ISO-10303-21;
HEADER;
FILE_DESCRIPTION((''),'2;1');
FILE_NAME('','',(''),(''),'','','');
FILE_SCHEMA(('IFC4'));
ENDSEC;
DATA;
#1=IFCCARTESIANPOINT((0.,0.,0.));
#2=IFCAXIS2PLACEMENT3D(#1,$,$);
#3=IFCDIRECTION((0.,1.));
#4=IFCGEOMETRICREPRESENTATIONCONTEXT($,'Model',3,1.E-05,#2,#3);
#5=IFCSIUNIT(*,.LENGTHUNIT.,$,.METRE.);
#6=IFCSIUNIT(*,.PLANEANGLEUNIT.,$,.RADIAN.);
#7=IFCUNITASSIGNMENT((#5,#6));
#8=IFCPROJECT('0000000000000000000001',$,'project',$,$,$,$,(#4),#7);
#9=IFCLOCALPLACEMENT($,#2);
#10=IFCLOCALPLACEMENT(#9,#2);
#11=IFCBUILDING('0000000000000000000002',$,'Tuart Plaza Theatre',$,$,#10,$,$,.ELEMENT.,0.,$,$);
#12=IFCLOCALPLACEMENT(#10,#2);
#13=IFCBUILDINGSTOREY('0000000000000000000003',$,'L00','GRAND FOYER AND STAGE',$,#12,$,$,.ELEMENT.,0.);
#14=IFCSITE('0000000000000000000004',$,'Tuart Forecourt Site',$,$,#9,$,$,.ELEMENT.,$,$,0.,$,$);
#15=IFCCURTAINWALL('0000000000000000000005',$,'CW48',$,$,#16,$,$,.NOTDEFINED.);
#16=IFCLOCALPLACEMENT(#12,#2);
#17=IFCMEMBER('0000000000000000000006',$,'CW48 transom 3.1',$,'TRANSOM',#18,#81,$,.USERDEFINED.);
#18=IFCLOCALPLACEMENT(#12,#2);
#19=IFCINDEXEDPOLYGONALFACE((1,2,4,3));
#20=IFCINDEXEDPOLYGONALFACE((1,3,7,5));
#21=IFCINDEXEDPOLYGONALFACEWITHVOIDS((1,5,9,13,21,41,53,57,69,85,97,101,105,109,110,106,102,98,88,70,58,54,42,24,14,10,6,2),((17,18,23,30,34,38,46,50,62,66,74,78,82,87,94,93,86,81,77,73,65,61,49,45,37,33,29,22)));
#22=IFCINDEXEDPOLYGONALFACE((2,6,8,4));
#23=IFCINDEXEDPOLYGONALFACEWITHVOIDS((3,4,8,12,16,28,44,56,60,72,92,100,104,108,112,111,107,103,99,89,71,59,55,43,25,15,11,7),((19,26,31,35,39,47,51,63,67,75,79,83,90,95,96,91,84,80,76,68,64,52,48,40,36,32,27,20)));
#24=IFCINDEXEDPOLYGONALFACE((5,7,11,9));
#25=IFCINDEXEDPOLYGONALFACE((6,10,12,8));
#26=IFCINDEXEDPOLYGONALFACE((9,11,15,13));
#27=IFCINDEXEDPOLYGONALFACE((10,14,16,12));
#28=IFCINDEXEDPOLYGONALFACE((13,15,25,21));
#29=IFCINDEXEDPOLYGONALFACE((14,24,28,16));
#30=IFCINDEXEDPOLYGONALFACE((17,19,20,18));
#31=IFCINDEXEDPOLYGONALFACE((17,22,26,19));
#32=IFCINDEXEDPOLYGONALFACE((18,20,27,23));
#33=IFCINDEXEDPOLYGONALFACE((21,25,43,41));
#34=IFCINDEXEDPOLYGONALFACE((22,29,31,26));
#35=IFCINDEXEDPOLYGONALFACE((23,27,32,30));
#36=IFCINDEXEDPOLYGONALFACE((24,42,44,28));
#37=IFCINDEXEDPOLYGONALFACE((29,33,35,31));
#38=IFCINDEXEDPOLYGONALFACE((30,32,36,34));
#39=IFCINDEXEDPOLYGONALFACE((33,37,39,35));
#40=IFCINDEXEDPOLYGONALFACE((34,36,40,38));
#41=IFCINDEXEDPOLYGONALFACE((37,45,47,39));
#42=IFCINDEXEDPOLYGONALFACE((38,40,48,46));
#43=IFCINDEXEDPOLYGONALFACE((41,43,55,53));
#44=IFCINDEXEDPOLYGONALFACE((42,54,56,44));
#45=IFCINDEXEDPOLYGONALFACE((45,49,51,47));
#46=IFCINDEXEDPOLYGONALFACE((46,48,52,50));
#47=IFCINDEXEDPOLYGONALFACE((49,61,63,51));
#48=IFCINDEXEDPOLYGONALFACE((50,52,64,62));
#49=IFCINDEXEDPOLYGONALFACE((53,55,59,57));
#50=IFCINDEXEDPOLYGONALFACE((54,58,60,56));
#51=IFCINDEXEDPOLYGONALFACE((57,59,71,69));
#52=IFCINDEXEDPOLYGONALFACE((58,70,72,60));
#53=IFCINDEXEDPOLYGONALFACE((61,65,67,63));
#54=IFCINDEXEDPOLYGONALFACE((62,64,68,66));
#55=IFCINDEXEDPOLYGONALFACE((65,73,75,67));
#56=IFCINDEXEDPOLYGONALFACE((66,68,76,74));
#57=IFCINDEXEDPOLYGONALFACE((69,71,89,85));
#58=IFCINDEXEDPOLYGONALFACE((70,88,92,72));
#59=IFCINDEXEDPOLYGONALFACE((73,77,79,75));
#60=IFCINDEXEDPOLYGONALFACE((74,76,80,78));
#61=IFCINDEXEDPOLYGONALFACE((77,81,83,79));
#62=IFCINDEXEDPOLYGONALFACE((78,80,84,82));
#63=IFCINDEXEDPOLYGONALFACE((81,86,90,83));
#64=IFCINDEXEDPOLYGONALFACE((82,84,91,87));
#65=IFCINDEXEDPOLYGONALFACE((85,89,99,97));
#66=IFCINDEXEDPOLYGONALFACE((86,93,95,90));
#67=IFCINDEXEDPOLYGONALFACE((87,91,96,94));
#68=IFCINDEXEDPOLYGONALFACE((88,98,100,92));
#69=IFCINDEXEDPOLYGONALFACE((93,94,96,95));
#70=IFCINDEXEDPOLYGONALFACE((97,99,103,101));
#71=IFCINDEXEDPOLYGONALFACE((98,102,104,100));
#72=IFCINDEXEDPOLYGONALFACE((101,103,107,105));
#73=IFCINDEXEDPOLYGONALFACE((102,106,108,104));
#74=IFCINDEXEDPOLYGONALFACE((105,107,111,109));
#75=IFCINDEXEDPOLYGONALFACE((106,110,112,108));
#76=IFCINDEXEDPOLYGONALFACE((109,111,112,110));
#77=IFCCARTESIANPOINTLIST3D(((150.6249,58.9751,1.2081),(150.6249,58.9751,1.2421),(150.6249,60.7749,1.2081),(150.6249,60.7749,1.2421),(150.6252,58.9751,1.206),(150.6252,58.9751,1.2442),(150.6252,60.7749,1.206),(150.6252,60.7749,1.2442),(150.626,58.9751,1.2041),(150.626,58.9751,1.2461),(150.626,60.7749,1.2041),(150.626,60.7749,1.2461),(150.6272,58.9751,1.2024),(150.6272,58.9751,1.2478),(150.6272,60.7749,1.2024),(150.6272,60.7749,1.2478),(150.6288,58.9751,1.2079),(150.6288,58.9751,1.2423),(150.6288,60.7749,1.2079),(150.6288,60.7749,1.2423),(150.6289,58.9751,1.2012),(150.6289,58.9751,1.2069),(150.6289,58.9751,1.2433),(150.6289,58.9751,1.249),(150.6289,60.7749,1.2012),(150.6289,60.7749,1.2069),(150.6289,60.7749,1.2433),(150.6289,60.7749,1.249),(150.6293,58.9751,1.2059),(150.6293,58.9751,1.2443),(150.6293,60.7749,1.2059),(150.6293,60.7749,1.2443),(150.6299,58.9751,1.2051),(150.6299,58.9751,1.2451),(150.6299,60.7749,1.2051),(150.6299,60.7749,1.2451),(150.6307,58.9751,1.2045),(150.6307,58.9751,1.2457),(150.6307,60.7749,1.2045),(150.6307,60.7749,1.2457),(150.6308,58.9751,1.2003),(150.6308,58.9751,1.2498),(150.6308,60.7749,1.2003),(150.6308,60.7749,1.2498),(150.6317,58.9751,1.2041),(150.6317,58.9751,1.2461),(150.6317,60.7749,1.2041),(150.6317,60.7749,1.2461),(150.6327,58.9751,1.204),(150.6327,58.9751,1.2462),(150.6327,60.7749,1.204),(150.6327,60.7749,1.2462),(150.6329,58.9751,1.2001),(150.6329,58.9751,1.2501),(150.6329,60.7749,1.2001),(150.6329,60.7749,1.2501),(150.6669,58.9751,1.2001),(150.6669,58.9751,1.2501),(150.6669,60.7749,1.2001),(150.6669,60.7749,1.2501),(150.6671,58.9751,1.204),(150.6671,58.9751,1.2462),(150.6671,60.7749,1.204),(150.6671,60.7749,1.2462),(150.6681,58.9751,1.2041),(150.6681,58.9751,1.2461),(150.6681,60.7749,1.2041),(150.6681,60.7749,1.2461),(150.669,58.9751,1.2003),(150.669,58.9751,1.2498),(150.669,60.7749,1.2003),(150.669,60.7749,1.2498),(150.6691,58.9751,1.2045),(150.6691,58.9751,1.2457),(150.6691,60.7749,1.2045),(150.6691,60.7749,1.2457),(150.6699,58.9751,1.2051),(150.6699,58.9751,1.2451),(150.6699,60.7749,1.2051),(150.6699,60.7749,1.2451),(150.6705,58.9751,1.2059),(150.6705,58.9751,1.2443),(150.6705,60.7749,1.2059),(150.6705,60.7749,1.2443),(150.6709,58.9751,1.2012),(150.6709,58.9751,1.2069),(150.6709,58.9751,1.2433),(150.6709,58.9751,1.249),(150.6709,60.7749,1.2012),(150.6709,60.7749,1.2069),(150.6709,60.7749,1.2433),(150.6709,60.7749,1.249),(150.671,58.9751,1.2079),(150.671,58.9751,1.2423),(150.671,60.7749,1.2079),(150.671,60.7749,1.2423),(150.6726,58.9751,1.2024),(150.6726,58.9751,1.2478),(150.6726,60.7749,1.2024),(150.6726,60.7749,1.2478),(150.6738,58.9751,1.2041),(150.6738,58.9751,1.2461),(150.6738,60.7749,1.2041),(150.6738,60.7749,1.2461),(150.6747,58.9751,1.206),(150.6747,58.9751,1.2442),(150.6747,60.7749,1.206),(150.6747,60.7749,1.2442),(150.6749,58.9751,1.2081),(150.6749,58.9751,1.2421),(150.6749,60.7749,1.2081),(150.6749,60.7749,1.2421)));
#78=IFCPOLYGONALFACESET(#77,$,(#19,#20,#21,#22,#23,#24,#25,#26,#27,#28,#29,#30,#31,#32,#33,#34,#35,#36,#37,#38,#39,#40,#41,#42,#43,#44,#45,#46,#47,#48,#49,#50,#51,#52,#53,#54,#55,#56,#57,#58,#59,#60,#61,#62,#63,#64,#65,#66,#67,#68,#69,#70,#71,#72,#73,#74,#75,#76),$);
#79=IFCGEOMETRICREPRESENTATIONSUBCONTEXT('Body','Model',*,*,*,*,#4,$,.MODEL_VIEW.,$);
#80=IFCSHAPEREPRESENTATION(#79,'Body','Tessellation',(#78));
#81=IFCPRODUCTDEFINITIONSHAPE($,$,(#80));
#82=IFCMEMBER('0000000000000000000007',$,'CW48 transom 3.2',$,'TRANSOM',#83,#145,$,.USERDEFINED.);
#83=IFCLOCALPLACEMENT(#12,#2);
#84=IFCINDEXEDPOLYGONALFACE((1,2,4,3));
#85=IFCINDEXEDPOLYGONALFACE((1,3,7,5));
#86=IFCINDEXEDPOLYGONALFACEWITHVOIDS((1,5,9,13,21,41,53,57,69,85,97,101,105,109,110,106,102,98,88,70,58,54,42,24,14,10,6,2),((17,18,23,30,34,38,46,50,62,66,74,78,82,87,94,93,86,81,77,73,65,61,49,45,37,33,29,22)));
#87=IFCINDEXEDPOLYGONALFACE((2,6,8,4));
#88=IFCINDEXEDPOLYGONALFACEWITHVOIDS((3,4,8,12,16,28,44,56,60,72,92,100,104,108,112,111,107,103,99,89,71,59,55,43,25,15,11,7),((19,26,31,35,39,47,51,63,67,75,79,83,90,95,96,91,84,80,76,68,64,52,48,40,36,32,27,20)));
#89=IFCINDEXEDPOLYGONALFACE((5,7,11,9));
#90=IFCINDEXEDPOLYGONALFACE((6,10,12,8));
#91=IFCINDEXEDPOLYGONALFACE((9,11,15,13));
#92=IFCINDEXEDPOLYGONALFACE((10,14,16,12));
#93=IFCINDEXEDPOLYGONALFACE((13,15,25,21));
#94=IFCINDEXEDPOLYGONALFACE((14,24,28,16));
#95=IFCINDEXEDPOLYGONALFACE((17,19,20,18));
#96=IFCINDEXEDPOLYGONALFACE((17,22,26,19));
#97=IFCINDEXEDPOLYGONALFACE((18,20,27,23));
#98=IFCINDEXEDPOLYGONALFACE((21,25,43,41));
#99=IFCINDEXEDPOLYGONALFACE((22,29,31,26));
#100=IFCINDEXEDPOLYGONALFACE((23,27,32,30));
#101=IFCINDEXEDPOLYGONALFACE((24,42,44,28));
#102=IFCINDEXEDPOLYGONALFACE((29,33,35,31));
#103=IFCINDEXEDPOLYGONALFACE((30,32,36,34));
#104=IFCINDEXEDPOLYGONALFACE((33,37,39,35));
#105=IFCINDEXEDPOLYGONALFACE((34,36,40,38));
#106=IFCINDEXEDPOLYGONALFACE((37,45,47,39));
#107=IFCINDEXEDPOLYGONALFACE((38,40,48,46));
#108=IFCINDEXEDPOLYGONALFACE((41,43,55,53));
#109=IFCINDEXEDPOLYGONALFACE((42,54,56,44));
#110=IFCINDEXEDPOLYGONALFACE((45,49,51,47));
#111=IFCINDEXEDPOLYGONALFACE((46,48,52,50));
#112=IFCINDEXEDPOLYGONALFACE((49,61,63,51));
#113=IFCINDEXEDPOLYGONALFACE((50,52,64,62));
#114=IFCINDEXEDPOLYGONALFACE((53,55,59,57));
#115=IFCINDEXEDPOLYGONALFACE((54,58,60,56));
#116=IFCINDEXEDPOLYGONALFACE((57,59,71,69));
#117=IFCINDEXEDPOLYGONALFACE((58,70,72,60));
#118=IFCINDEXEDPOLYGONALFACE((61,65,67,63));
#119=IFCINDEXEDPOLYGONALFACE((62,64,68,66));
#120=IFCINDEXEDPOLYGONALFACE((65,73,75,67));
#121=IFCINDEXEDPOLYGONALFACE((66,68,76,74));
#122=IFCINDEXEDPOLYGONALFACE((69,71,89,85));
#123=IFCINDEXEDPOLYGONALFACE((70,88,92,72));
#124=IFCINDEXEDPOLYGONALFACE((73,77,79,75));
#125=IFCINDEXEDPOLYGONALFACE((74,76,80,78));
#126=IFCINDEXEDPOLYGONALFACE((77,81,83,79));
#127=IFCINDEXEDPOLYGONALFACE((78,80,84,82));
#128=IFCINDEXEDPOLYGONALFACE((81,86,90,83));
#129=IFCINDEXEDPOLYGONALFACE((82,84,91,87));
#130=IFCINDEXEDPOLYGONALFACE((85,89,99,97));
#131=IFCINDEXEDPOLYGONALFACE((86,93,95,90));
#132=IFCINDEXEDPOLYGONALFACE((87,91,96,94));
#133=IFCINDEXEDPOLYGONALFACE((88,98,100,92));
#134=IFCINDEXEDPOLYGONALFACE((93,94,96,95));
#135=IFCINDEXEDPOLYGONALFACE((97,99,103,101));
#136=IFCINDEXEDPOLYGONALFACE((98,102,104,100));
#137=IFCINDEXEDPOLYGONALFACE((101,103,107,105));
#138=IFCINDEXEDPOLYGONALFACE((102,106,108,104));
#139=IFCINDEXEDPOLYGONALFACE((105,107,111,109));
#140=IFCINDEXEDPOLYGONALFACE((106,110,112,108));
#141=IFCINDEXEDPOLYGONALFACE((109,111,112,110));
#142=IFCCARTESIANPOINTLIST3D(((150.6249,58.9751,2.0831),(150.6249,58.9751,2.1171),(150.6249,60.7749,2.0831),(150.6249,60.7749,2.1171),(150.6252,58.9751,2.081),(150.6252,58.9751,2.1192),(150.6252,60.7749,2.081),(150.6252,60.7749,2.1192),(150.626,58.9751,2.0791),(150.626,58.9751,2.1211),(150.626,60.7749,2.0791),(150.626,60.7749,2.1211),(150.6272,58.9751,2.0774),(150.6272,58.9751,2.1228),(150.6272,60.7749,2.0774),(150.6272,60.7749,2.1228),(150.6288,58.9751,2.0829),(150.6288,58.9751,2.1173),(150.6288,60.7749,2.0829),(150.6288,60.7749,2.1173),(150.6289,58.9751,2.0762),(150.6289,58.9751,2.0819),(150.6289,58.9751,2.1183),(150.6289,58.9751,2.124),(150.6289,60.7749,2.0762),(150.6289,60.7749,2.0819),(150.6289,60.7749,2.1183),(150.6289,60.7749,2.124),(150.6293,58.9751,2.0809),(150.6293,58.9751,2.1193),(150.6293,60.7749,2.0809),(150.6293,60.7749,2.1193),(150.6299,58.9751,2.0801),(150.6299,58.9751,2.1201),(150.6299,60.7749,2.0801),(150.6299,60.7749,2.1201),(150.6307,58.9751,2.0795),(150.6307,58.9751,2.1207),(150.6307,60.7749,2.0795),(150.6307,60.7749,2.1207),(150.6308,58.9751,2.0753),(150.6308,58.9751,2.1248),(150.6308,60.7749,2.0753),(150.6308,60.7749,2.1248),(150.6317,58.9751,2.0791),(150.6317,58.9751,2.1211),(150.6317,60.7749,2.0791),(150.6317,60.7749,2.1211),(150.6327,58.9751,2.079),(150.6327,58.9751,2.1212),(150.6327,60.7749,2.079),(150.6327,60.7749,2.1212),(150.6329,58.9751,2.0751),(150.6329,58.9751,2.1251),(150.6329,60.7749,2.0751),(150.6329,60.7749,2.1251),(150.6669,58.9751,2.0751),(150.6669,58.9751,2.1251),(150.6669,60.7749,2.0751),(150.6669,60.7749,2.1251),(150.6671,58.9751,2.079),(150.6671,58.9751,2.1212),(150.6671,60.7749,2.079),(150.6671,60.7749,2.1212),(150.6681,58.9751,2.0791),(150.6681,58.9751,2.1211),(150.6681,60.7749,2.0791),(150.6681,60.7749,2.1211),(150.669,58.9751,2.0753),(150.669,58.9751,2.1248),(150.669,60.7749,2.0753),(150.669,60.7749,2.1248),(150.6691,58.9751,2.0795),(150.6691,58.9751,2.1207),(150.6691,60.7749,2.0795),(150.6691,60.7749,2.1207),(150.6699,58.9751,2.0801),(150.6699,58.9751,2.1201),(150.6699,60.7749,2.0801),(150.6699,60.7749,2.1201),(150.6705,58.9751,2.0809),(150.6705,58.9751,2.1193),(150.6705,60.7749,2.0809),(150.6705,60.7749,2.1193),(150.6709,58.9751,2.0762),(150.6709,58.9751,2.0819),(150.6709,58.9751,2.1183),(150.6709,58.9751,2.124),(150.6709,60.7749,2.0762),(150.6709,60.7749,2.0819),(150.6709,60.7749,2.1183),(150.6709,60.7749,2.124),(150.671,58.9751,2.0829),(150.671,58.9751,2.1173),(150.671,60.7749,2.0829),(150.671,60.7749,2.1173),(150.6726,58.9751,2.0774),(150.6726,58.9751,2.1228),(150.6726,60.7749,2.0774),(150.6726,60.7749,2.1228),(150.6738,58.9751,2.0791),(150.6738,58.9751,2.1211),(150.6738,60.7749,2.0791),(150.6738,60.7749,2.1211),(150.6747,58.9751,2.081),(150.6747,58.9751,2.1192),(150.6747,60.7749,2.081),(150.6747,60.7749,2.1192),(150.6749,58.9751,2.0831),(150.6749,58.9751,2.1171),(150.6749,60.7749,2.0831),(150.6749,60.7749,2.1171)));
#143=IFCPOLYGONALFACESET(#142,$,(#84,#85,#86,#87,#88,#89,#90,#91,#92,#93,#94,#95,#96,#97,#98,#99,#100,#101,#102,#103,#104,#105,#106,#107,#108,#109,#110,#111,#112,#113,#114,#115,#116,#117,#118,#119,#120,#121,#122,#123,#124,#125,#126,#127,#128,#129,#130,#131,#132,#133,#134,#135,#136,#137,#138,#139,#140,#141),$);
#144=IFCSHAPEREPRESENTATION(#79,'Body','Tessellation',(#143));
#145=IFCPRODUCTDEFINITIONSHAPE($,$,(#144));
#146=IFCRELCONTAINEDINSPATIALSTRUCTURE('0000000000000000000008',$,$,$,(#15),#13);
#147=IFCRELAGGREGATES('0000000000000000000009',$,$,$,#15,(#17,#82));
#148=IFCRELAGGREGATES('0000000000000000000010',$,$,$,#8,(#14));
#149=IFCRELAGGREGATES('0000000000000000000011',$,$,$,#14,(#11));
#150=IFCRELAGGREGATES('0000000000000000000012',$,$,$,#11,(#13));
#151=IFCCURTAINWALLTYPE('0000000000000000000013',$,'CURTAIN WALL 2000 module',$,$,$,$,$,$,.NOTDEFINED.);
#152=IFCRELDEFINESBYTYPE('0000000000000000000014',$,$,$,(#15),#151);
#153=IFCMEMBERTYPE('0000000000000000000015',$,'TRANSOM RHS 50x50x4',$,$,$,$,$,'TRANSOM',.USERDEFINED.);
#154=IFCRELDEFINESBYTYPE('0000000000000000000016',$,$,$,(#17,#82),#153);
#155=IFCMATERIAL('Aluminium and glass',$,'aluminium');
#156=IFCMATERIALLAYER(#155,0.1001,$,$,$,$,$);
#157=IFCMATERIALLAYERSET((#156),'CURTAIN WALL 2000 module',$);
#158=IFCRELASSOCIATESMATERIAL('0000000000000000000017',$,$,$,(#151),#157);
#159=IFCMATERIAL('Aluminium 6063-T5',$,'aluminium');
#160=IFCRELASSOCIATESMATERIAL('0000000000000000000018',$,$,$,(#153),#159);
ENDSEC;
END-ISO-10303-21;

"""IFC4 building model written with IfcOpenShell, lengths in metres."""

from ifc_helpers import new_model, si_unit, direction, frame, origin, origin_2d, place, context, subcontext, project, spatial, hollow_rectangle, extrude, material, layer, layer_set, material_profile, profile_set, type_object, element, aggregate, save


model = new_model("IFC4")

# Units and contexts
model_context = context("Model", 3, precision=1e-05, world=origin(), true_north=direction((0.0, 1.0)))
body_context = subcontext(model_context, "Body", "Model", "MODEL_VIEW")
ifc_project = project(units=[si_unit("LENGTHUNIT", "METRE"), si_unit("PLANEANGLEUNIT", "RADIAN")], contexts=[model_context])

# Site, building, storey
site_placement = place(None, origin())
site = spatial("IfcSite", under=ifc_project, at=site_placement, Name="Tuart Forecourt Site", CompositionType="ELEMENT", RefElevation=0.0)
building_placement = place(site_placement, origin())
building = spatial("IfcBuilding", under=site, at=building_placement, Name="Tuart Plaza Theatre", CompositionType="ELEMENT", ElevationOfRefHeight=0.0)
storey_placement = place(building_placement, origin())
storey = spatial("IfcBuildingStorey", under=building, at=storey_placement, Name="L00", Description="GRAND FOYER AND STAGE", CompositionType="ELEMENT", Elevation=0.0)

# Curtain wall
ifc_material_1 = material(Name="Aluminium and glass", Category="aluminium")
ifc_layer_1 = layer(ifc_material_1, 0.1001)
ifc_layer_set_1 = layer_set([ifc_layer_1], Name="CURTAIN WALL 2000 module")
curtain_wall_type_1 = type_object("IfcCurtainWallType", Name="CURTAIN WALL 2000 module", PredefinedType="NOTDEFINED", material=ifc_layer_set_1)
curtain_wall_1_placement = place(storey_placement, origin())
curtain_wall_1 = element("IfcCurtainWall", 1, at=curtain_wall_1_placement, inside=storey, type_object=curtain_wall_type_1, Name="CW48", PredefinedType="NOTDEFINED")

# Members
ifc_material_2 = material(Name="Aluminium 6063-T5", Category="aluminium")
ifc_material_profile_1 = material_profile(ifc_material_2, hollow_rectangle(XDim=0.05, YDim=0.05, WallThickness=0.0039, InnerFilletRadius=0.0039, OuterFilletRadius=0.0081, at=origin_2d()), Name="RHS 50x50x4")
ifc_profile_set_1 = profile_set([ifc_material_profile_1], Name="Aluminium 6063-T5")
member_type_1 = type_object("IfcMemberType", Name="TRANSOM RHS 50x50x4", ElementType="TRANSOM", PredefinedType="USERDEFINED", material=ifc_profile_set_1)
member_1_placement = place(storey_placement, frame((150.6499, 58.9751, 1.2251), z_axis=(0.0, 1.0, 0.0), x_axis=(-1.0, 0.0, 0.0)))
member_1 = element("IfcMember", 2, at=member_1_placement, type_object=member_type_1, Name="CW48 transom 3.1", ObjectType="TRANSOM", PredefinedType="USERDEFINED", context=body_context, shape_type="SweptSolid", body=[
    extrude(hollow_rectangle(XDim=0.05, YDim=0.05, WallThickness=0.0039, InnerFilletRadius=0.0039, OuterFilletRadius=0.0081, at=origin_2d()), origin(), (0.0, 0.0, 1.0), 1.7998),
])
member_2_placement = place(storey_placement, frame((150.6499, 58.9751, 2.1001), z_axis=(0.0, 1.0, 0.0), x_axis=(-1.0, 0.0, 0.0)))
member_2 = element("IfcMember", 3, at=member_2_placement, type_object=member_type_1, Name="CW48 transom 3.2", ObjectType="TRANSOM", PredefinedType="USERDEFINED", context=body_context, shape_type="SweptSolid", body=[
    extrude(hollow_rectangle(XDim=0.05, YDim=0.05, WallThickness=0.0039, InnerFilletRadius=0.0039, OuterFilletRadius=0.0081, at=origin_2d()), origin(), (0.0, 0.0, 1.0), 1.7998),
])

aggregate(curtain_wall_1, [member_1, member_2])

save(model, "model.ifc")
